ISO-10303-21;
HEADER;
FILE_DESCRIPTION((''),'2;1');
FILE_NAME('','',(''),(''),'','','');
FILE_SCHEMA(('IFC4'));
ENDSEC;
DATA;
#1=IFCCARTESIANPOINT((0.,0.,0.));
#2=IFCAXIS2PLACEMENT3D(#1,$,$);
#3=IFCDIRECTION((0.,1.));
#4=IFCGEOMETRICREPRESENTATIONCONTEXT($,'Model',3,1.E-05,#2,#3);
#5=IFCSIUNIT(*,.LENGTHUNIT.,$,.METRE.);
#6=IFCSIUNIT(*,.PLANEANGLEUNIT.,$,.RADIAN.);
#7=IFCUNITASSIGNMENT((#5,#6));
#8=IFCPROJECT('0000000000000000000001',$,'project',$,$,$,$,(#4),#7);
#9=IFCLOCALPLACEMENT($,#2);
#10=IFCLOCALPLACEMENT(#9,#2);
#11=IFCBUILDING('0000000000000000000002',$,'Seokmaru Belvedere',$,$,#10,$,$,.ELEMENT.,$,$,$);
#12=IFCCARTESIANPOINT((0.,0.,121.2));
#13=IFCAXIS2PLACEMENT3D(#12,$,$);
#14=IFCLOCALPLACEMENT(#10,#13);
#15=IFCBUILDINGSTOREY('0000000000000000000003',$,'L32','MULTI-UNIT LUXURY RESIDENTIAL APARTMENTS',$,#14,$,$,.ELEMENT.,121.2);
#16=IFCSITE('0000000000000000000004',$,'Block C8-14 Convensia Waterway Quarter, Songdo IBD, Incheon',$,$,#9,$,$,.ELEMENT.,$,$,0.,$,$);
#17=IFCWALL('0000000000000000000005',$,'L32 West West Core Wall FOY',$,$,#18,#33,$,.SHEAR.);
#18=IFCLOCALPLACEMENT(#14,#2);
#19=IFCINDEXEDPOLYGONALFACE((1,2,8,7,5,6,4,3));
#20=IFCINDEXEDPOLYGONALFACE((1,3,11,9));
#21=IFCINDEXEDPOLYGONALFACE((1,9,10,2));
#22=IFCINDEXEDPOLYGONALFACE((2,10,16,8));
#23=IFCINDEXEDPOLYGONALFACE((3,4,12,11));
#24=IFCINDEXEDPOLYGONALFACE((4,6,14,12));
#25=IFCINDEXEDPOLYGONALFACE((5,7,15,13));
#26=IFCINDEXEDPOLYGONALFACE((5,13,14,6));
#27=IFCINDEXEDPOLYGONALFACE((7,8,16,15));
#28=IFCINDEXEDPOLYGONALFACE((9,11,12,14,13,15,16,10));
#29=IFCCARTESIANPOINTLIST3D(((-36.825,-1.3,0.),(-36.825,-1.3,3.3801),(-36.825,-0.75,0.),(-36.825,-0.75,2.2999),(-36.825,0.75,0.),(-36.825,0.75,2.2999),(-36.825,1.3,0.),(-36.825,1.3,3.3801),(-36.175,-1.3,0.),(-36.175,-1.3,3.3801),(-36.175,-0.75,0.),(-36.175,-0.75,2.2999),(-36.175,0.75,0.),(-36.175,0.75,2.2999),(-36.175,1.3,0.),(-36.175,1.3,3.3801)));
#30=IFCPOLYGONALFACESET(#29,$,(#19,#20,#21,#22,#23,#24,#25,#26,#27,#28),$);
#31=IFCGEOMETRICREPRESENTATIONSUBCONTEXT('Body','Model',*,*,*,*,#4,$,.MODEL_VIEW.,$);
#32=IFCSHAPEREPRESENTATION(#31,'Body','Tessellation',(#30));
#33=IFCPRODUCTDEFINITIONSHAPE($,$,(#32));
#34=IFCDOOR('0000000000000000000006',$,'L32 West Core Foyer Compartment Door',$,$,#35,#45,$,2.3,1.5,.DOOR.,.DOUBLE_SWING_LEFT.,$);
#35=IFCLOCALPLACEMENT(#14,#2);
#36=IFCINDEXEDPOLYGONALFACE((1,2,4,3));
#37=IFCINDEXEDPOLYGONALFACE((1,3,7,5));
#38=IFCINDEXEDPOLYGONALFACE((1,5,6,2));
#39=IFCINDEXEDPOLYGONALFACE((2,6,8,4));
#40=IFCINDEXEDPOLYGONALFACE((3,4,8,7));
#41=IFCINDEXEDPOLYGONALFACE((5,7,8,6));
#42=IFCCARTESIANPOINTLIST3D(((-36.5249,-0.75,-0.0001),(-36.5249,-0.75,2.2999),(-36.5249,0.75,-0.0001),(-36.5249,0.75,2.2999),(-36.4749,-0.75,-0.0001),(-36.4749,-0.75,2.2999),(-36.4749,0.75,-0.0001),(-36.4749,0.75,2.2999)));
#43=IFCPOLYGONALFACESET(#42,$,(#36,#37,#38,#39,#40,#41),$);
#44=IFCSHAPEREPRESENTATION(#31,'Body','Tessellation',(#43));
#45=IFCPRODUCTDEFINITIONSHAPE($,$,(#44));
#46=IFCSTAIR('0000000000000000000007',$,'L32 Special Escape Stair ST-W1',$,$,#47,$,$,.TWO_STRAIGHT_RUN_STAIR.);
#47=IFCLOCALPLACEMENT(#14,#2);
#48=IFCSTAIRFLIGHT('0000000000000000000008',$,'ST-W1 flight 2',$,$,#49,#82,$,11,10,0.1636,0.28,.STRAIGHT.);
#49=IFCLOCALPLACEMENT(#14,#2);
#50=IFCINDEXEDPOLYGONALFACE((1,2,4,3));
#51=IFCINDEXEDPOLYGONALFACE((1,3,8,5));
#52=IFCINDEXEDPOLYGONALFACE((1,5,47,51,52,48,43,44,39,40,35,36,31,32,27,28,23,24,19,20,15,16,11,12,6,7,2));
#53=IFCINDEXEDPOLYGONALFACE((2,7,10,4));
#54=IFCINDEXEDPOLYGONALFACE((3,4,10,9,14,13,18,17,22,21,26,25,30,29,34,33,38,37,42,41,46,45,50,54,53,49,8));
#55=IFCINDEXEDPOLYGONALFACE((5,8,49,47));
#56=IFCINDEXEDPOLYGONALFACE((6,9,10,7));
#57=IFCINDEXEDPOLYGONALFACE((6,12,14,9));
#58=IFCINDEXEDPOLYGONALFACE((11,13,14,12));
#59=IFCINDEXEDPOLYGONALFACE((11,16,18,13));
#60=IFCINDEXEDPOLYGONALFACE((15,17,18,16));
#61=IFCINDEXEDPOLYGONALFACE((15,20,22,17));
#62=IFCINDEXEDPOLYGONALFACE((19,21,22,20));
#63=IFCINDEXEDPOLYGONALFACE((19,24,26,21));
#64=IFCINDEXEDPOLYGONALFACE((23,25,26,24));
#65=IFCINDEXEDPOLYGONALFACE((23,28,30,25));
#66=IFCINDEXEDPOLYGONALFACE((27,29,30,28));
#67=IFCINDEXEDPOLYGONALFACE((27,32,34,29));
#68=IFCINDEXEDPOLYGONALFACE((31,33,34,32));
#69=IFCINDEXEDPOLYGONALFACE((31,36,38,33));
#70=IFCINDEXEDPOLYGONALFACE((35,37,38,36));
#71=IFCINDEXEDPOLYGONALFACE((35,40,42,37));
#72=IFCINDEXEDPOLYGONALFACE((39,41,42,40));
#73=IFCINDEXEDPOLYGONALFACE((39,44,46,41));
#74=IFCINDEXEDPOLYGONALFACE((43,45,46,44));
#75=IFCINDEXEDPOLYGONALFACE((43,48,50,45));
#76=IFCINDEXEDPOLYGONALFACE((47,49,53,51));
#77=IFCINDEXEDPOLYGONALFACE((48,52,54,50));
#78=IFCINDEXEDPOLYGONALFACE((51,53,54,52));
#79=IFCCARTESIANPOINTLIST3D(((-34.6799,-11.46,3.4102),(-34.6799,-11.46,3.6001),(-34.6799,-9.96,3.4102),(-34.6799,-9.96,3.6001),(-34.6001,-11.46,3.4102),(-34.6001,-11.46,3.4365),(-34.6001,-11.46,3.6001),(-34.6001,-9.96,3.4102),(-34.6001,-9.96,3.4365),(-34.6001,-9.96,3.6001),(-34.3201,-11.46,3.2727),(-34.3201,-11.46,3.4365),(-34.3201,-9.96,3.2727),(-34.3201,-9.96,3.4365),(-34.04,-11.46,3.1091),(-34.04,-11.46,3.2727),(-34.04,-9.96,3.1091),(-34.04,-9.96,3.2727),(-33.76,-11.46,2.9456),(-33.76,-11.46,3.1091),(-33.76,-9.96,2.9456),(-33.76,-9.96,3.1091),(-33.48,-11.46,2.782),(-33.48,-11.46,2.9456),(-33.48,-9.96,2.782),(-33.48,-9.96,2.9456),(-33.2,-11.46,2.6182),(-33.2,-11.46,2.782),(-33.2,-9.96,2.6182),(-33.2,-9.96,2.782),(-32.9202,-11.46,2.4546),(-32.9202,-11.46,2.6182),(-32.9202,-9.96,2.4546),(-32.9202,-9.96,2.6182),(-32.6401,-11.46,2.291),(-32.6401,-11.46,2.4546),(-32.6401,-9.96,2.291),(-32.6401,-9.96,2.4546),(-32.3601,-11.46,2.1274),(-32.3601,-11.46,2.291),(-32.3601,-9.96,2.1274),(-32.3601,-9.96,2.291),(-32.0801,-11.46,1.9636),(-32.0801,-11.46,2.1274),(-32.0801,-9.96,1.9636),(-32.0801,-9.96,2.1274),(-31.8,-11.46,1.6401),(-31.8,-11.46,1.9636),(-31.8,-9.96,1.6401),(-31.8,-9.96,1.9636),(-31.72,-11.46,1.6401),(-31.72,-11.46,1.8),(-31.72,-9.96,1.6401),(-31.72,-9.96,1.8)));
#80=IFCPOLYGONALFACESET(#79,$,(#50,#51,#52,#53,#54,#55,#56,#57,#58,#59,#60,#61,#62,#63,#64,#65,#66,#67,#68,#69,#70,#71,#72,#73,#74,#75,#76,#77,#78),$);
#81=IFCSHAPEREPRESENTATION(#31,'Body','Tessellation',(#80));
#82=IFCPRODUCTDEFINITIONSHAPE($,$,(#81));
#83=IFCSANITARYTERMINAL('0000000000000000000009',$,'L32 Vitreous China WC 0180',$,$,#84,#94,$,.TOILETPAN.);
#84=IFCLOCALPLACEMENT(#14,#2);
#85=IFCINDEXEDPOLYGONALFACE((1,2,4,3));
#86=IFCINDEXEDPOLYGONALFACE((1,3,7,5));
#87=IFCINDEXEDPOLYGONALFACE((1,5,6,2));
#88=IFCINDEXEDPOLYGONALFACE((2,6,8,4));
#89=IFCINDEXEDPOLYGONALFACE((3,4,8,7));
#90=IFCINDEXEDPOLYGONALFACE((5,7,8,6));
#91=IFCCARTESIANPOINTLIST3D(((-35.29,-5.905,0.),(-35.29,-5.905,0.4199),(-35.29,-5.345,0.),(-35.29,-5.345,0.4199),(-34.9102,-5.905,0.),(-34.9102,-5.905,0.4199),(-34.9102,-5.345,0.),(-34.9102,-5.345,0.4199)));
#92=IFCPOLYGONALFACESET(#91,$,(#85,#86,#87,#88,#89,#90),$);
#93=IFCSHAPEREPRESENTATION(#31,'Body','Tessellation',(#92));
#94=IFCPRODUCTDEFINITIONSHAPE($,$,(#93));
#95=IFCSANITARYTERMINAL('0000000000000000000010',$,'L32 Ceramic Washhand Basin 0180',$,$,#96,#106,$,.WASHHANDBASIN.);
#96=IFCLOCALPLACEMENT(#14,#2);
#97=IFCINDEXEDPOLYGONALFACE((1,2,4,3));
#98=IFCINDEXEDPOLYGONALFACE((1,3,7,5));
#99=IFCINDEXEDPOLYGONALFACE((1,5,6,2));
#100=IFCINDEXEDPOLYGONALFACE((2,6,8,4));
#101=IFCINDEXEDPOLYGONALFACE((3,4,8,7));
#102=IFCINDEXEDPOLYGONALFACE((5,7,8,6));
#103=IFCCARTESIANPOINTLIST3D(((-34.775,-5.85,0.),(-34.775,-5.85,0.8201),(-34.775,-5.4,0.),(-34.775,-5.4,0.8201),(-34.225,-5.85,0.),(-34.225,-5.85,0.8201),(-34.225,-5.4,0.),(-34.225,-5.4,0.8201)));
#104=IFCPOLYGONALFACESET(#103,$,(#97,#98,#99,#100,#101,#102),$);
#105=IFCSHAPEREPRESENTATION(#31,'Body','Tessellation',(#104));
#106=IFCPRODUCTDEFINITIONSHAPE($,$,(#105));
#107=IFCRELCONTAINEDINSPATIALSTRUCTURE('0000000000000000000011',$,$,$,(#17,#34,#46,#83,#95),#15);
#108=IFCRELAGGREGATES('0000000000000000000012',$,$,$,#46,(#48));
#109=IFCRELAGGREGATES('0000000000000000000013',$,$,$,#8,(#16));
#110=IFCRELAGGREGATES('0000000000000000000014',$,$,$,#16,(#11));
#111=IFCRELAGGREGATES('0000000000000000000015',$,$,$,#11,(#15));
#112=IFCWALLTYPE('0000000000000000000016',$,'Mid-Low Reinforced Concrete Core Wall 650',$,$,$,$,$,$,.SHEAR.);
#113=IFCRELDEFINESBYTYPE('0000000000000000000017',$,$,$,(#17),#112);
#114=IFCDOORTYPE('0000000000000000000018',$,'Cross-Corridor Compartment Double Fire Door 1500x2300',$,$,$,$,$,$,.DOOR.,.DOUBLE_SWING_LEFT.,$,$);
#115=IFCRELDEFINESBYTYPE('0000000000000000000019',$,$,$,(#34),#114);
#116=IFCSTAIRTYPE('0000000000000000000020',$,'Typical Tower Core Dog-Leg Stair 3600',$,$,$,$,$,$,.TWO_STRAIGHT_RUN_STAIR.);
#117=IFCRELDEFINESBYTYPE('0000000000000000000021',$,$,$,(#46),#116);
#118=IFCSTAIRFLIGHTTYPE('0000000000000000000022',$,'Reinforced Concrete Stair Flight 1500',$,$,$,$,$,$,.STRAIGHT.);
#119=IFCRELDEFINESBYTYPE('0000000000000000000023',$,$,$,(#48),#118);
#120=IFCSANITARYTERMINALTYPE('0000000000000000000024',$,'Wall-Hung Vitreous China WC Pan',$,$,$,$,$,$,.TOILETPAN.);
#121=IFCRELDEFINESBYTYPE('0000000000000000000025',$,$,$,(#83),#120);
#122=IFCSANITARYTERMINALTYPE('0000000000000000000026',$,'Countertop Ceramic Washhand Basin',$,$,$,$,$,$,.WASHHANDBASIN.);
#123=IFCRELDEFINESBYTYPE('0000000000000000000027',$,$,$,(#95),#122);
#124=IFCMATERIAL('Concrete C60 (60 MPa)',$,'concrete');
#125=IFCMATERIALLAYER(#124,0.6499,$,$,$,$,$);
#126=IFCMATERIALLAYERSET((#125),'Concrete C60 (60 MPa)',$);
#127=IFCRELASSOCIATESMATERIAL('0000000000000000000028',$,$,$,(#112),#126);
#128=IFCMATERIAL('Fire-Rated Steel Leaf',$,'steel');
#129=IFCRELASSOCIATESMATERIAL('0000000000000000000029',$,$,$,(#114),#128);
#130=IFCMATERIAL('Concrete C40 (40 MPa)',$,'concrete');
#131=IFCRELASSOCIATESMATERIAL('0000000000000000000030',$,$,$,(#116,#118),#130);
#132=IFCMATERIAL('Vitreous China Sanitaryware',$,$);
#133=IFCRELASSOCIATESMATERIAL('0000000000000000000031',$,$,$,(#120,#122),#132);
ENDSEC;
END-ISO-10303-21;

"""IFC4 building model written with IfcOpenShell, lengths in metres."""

from ifc_helpers import new_model, si_unit, direction, frame, frame_2d, origin, origin_2d, place, context, subcontext, project, spatial, polyline, rectangle, outline, extrude, source, transform, mapped, material, layer, layer_set, type_object, type_shapes, element, fill, aggregate, save


model = new_model("IFC4")

# Units and contexts
model_context = context("Model", 3, precision=1e-05, world=origin(), true_north=direction((0.0, 1.0)))
body_context = subcontext(model_context, "Body", "Model", "MODEL_VIEW")
ifc_project = project(units=[si_unit("LENGTHUNIT", "METRE"), si_unit("PLANEANGLEUNIT", "RADIAN")], contexts=[model_context])

# Site, building, storey
site_placement = place(None, origin())
site = spatial("IfcSite", under=ifc_project, at=site_placement, Name="Block C8-14 Convensia Waterway Quarter, Songdo IBD, Incheon", CompositionType="ELEMENT", RefElevation=0.0)
building_placement = place(site_placement, origin())
building = spatial("IfcBuilding", under=site, at=building_placement, Name="Seokmaru Belvedere", CompositionType="ELEMENT")
storey_placement = place(building_placement, frame((0.0, 0.0, 121.2)))
storey = spatial("IfcBuildingStorey", under=building, at=storey_placement, Name="L32", Description="MULTI-UNIT LUXURY RESIDENTIAL APARTMENTS", CompositionType="ELEMENT", Elevation=121.2)

# Shared definitions
ifc_material_1 = material(Name="Fire-Rated Steel Leaf", Category="steel")

# Wall, opening, door
ifc_material_2 = material(Name="Concrete C60 (60 MPa)", Category="concrete")
ifc_layer_1 = layer(ifc_material_2, 0.6499)
ifc_layer_set_1 = layer_set([ifc_layer_1], Name="Concrete C60 (60 MPa)")
wall_type_1 = type_object("IfcWallType", Name="Mid-Low Reinforced Concrete Core Wall 650", PredefinedType="SHEAR", material=ifc_layer_set_1)
wall_1_placement = place(storey_placement, frame((-36.5, -1.3, 0.0), z_axis=(0.0, 0.0, 1.0), x_axis=(0.0, 1.0, 0.0)))
wall_1 = element("IfcWall", 1, at=wall_1_placement, inside=storey, type_object=wall_type_1, Name="L32 West West Core Wall FOY", PredefinedType="SHEAR", context=body_context, shape_type="SweptSolid", body=[
    extrude(rectangle(XDim=2.6001, YDim=0.6499, at=frame_2d((1.3, 0.0))), origin(), (0.0, 0.0, 1.0), 3.3801),
])
opening_1_placement = place(wall_1_placement, frame((0.55, 0.0, 0.0)))
opening_1 = element("IfcOpeningElement", 2, at=opening_1_placement, cuts=wall_1, PredefinedType="OPENING", context=body_context, shape_type="SweptSolid", body=[
    extrude(rectangle(XDim=1.5, YDim=2.3, at=frame_2d((0.75, 1.1499))), frame((0.0, 0.335, 0.0), z_axis=(0.0, -1.0, 0.0), x_axis=(1.0, 0.0, 0.0)), (0.0, 0.0, 1.0), 0.6699),
])
door_type_1 = type_object("IfcDoorType", Name="Cross-Corridor Compartment Double Fire Door 1500x2300", OperationType="DOUBLE_SWING_LEFT", PredefinedType="DOOR", material=ifc_material_1)
shared_shape_1 = source(origin(), body_context, "Body", "SweptSolid", [
    extrude(rectangle(XDim=1.5, YDim=2.3, at=frame_2d((0.75, 1.1499))), frame((0.0, 0.0249, 0.0), z_axis=(0.0, -1.0, 0.0), x_axis=(1.0, 0.0, 0.0)), (0.0, 0.0, 1.0), 0.05),
])
type_shapes(door_type_1, [shared_shape_1])
door_1_placement = place(opening_1_placement, origin())
door_1 = element("IfcDoor", 3, at=door_1_placement, inside=storey, type_object=door_type_1, Name="L32 West Core Foyer Compartment Door", OperationType="DOUBLE_SWING_LEFT", OverallHeight=2.3, OverallWidth=1.5, PredefinedType="DOOR", context=body_context, shape_type="MappedRepresentation", body=[
    mapped(shared_shape_1, transform((0.0, 0.0, 0.0), scale=1.0)),
])
fill(opening_1, door_1)

# Stair, stair flight
ifc_material_3 = material(Name="Concrete C40 (40 MPa)", Category="concrete")
stair_type = type_object("IfcStairType", Name="Typical Tower Core Dog-Leg Stair 3600", PredefinedType="TWO_STRAIGHT_RUN_STAIR", material=ifc_material_3)
stair_placement = place(storey_placement, origin())
stair = element("IfcStair", 4, at=stair_placement, inside=storey, type_object=stair_type, Name="L32 Special Escape Stair ST-W1", PredefinedType="TWO_STRAIGHT_RUN_STAIR")
stair_flight_type = type_object("IfcStairFlightType", Name="Reinforced Concrete Stair Flight 1500", PredefinedType="STRAIGHT", material=ifc_material_3)
stair_flight_placement = place(storey_placement, frame((-31.8, -10.71, 1.8), z_axis=(0.0, 0.0, 1.0), x_axis=(-1.0, 0.0, 0.0)))
stair_flight = element("IfcStairFlight", 5, at=stair_flight_placement, type_object=stair_flight_type, Name="ST-W1 flight 2", NumberOfRisers=11, NumberOfTreads=10, PredefinedType="STRAIGHT", RiserHeight=0.1636, TreadLength=0.28, context=body_context, shape_type="SweptSolid", body=[
    extrude(outline(polyline([(-0.0801, 0.0), (0.0, 0.1636), (0.28, 0.1636), (0.28, 0.3274), (0.5601, 0.3274), (0.5601, 0.491), (0.8401, 0.491), (0.8401, 0.6545), (1.1201, 0.6545), (1.1201, 0.8181), (1.3999, 0.8181), (1.3999, 0.9819), (1.6799, 0.9819), (1.6799, 1.1455), (1.96, 1.1455), (1.96, 1.3091), (2.24, 1.3091), (2.24, 1.4727), (2.52, 1.4727), (2.52, 1.6365), (2.8, 1.6365), (2.8, 1.8), (2.8799, 1.8), (2.8799, 1.6101), (2.8, 1.6101), (0.0, -0.1599), (-0.0801, -0.1599), (-0.0801, 0.0)])), frame((0.0, 0.75, 0.0), z_axis=(0.0, -1.0, 0.0), x_axis=(1.0, 0.0, 0.0)), (0.0, 0.0, 1.0), 1.5),
])
aggregate(stair, [stair_flight])

# Sanitary terminals
ifc_material_4 = material(Name="Vitreous China Sanitaryware")
sanitary_terminal_type_1 = type_object("IfcSanitaryTerminalType", Name="Wall-Hung Vitreous China WC Pan", PredefinedType="TOILETPAN", material=ifc_material_4)
shared_shape_2 = source(origin(), body_context, "Body", "SweptSolid", [
    extrude(rectangle(XDim=0.3799, YDim=0.5601, at=origin_2d()), origin(), (0.0, 0.0, 1.0), 0.4199),
])
type_shapes(sanitary_terminal_type_1, [shared_shape_2])
sanitary_terminal_1_placement = place(storey_placement, frame((-35.1001, -5.625, 0.0), z_axis=(0.0, 0.0, 1.0), x_axis=(1.0, 0.0, 0.0)))
element("IfcSanitaryTerminal", 6, at=sanitary_terminal_1_placement, inside=storey, type_object=sanitary_terminal_type_1, Name="L32 Vitreous China WC 0180", PredefinedType="TOILETPAN", context=body_context, shape_type="MappedRepresentation", body=[
    mapped(shared_shape_2, transform((0.0, 0.0, 0.0), scale=1.0)),
])
sanitary_terminal_type_2 = type_object("IfcSanitaryTerminalType", Name="Countertop Ceramic Washhand Basin", PredefinedType="WASHHANDBASIN", material=ifc_material_4)
shared_shape_3 = source(origin(), body_context, "Body", "SweptSolid", [
    extrude(rectangle(XDim=0.55, YDim=0.45, at=origin_2d()), origin(), (0.0, 0.0, 1.0), 0.8201),
])
type_shapes(sanitary_terminal_type_2, [shared_shape_3])
sanitary_terminal_2_placement = place(storey_placement, frame((-34.5, -5.625, 0.0), z_axis=(0.0, 0.0, 1.0), x_axis=(1.0, 0.0, 0.0)))
element("IfcSanitaryTerminal", 7, at=sanitary_terminal_2_placement, inside=storey, type_object=sanitary_terminal_type_2, Name="L32 Ceramic Washhand Basin 0180", PredefinedType="WASHHANDBASIN", context=body_context, shape_type="MappedRepresentation", body=[
    mapped(shared_shape_3, transform((0.0, 0.0, 0.0), scale=1.0)),
])

save(model, "model.ifc")
